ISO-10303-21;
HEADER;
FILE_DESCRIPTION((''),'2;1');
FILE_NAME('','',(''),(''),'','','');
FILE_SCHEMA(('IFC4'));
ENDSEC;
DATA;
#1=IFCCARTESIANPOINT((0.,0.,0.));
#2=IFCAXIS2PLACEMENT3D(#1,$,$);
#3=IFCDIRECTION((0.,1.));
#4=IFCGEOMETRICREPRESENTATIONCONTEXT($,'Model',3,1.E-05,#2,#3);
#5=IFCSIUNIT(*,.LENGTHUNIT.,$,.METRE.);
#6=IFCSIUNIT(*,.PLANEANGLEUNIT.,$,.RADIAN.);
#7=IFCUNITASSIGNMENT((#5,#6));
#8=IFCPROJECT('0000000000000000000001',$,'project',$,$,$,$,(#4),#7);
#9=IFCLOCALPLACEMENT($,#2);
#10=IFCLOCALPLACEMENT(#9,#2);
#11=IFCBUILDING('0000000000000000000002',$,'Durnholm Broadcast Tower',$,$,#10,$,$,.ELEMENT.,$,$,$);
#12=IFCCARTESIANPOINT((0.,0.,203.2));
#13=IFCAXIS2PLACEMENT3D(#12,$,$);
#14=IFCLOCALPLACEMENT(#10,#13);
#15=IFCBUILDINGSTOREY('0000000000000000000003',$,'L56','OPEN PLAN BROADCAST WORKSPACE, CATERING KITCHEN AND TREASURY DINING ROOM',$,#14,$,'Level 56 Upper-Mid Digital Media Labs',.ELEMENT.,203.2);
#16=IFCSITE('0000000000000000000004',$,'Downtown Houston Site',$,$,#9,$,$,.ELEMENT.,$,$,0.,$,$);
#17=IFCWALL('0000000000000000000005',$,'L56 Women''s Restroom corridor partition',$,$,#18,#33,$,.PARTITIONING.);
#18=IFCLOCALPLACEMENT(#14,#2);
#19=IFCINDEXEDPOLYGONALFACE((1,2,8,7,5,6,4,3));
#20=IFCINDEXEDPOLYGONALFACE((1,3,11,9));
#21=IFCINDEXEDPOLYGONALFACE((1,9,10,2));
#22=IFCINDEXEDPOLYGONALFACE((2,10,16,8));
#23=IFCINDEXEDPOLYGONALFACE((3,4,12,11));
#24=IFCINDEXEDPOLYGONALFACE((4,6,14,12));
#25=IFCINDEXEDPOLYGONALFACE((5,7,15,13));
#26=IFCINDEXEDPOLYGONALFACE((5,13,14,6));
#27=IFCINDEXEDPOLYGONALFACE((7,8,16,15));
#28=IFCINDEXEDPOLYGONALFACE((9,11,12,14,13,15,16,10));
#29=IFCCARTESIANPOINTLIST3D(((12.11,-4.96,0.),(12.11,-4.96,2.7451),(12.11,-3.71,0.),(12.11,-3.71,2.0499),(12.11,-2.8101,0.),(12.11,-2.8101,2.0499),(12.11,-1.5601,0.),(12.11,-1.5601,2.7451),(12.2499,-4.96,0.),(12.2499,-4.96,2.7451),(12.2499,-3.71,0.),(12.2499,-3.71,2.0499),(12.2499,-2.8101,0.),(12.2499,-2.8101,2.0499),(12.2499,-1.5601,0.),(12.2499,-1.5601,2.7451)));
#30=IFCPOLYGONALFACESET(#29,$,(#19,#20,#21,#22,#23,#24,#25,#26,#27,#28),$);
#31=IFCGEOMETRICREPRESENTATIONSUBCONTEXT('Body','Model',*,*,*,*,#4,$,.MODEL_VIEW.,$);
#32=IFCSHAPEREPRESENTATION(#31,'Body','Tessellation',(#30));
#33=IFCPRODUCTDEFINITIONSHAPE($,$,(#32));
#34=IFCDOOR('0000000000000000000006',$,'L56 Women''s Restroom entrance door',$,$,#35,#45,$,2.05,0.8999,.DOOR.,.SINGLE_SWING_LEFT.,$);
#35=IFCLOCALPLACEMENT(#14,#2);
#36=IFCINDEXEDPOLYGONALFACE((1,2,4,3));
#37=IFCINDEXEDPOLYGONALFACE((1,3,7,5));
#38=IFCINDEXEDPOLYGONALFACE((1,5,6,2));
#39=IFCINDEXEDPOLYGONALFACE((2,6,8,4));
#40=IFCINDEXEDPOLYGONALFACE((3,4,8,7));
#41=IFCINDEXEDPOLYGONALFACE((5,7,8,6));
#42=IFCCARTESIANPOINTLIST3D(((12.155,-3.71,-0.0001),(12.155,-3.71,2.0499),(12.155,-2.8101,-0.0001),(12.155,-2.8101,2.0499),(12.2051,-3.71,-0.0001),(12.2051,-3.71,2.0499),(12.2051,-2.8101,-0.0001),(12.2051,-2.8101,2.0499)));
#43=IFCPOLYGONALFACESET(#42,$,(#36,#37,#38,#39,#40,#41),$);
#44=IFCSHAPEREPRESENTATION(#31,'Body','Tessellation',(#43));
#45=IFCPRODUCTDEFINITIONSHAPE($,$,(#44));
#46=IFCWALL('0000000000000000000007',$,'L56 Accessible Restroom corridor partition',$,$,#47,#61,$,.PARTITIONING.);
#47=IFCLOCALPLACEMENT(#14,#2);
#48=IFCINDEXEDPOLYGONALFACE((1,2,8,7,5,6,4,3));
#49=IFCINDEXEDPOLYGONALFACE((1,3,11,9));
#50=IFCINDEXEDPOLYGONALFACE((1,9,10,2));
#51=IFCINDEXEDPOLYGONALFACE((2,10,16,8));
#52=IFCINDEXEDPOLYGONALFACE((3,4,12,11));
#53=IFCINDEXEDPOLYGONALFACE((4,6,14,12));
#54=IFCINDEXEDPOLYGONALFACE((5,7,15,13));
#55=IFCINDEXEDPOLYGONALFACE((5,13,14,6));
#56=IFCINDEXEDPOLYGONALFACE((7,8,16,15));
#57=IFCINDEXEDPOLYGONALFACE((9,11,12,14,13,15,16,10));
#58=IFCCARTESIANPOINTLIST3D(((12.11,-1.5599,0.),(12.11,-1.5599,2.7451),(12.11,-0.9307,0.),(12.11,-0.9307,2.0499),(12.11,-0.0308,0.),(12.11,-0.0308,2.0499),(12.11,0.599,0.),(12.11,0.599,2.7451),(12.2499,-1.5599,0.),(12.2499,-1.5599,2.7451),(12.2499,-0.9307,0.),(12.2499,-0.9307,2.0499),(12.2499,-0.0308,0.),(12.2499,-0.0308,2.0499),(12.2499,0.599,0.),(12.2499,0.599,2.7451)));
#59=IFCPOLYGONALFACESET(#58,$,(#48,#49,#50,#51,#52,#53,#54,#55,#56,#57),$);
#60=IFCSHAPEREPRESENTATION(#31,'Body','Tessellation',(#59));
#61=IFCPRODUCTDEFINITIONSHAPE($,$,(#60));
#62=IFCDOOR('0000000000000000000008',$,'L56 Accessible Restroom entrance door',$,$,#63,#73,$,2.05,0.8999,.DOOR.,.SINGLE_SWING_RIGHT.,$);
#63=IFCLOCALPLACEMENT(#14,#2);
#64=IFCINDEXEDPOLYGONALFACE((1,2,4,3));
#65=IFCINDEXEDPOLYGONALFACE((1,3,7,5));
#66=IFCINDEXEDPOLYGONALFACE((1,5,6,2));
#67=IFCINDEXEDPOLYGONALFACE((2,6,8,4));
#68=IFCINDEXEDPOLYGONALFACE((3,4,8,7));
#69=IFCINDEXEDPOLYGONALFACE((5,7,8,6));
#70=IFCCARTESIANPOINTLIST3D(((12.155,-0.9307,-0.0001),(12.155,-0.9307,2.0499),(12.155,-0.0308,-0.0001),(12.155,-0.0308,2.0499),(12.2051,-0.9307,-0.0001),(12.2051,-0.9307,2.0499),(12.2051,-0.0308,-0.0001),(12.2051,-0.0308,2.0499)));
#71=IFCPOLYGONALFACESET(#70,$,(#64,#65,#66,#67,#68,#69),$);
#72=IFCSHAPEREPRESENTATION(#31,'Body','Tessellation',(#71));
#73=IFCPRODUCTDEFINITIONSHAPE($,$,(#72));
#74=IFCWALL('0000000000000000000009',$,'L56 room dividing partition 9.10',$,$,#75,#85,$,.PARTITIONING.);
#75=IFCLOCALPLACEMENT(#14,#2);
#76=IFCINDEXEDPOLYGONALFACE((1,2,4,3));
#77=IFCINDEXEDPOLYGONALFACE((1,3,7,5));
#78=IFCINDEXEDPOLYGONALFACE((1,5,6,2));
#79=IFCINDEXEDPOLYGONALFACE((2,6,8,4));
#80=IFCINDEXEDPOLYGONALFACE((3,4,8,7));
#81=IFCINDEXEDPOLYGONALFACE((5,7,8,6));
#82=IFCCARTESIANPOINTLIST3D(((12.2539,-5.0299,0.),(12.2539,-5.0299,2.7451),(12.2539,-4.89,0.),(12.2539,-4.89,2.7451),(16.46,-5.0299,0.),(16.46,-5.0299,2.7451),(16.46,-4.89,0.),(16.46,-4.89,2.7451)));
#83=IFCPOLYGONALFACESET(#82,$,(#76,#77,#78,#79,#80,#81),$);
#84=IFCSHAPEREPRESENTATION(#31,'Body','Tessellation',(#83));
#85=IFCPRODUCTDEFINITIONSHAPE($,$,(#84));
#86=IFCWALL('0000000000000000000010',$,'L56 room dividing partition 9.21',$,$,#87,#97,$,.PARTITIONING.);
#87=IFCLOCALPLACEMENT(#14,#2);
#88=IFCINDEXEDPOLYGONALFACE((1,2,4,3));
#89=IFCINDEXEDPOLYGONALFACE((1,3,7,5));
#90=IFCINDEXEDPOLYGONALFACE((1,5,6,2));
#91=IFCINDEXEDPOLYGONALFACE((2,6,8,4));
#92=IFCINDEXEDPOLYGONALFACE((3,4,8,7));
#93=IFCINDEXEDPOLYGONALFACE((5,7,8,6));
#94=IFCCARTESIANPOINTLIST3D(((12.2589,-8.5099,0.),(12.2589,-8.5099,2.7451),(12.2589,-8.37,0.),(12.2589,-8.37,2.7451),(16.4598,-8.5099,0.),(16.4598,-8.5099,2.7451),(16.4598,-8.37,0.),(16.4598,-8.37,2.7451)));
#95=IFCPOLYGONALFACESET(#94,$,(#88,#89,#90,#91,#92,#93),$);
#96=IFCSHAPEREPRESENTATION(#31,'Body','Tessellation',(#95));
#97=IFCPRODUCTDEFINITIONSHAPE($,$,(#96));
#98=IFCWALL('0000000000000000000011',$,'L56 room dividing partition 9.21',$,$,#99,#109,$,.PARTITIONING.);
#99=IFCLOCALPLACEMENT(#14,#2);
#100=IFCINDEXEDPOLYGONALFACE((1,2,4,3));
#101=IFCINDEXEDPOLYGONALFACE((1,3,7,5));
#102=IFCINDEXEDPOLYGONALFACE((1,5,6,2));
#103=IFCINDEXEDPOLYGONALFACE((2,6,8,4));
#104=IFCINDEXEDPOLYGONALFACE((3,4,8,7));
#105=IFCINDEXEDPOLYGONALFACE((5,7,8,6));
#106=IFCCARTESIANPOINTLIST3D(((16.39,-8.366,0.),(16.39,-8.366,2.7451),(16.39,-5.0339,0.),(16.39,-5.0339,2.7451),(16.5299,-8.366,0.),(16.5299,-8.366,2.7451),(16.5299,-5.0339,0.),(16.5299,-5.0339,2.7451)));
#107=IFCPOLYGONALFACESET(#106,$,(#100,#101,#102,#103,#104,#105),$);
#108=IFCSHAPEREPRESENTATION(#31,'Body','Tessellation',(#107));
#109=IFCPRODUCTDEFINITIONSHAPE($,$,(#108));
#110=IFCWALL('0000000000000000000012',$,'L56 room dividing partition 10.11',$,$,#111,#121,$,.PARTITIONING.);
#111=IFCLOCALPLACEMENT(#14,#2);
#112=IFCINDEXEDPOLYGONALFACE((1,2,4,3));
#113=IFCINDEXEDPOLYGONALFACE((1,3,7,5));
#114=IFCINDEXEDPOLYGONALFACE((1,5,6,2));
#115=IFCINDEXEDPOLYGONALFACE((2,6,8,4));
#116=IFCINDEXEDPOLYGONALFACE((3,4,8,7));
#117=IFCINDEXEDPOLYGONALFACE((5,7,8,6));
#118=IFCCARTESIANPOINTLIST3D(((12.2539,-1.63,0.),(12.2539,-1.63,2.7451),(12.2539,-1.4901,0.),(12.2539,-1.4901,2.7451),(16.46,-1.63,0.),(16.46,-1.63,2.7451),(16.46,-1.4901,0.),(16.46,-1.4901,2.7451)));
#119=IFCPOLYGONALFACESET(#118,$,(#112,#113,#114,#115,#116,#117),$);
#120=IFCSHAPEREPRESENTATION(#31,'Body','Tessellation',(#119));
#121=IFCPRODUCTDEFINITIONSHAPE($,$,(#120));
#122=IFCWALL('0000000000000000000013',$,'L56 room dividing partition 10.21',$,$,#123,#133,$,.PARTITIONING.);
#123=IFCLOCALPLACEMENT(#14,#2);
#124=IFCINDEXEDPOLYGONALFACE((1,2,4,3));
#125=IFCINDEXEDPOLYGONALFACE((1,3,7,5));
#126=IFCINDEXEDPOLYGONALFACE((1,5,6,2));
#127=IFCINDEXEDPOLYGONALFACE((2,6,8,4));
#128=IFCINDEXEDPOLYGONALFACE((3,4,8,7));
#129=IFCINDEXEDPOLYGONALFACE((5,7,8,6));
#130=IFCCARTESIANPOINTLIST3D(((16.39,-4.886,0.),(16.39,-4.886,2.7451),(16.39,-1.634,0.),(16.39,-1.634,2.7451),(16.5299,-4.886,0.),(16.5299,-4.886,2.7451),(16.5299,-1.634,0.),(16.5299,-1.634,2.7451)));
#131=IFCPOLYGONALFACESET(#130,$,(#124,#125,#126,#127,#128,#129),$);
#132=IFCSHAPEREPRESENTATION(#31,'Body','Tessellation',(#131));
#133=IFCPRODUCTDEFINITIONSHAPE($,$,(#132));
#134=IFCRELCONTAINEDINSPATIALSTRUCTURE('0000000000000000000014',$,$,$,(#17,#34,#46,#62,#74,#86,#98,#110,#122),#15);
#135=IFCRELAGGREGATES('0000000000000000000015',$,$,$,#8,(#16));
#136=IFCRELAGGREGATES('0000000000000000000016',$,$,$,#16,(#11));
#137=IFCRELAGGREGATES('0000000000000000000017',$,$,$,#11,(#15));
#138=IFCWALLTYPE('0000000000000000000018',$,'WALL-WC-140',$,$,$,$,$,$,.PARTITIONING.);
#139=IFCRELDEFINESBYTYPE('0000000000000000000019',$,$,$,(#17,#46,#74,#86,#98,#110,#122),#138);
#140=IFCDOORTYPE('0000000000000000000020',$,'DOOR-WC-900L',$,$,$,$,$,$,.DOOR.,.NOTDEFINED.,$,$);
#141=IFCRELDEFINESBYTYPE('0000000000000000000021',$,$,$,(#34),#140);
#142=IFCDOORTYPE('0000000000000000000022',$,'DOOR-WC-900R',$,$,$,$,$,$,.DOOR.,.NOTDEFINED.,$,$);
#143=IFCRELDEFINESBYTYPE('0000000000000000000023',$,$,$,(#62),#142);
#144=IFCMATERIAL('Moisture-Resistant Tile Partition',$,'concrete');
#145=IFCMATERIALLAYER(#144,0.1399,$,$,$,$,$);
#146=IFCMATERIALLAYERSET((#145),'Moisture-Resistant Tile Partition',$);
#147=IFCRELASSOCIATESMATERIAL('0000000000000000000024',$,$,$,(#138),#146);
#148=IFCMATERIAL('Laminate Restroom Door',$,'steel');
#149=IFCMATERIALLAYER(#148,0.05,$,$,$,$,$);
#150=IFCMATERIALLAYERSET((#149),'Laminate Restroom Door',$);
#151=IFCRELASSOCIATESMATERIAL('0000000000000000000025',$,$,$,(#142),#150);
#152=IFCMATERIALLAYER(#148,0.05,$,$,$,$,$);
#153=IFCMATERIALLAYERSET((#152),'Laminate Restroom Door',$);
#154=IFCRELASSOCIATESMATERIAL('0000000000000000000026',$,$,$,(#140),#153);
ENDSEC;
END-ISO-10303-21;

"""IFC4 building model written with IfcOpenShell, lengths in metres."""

from ifc_helpers import new_model, si_unit, direction, frame, frame_2d, origin, place, context, subcontext, project, spatial, rectangle, extrude, source, transform, mapped, material, layer, layer_set, type_object, type_shapes, element, fill, save


model = new_model("IFC4")

# Units and contexts
model_context = context("Model", 3, precision=1e-05, world=origin(), true_north=direction((0.0, 1.0)))
body_context = subcontext(model_context, "Body", "Model", "MODEL_VIEW")
ifc_project = project(units=[si_unit("LENGTHUNIT", "METRE"), si_unit("PLANEANGLEUNIT", "RADIAN")], contexts=[model_context])

# Site, building, storey
site_placement = place(None, origin())
site = spatial("IfcSite", under=ifc_project, at=site_placement, Name="Downtown Houston Site", CompositionType="ELEMENT", RefElevation=0.0)
building_placement = place(site_placement, origin())
building = spatial("IfcBuilding", under=site, at=building_placement, Name="Durnholm Broadcast Tower", CompositionType="ELEMENT")
storey_placement = place(building_placement, frame((0.0, 0.0, 203.2)))
storey = spatial("IfcBuildingStorey", under=building, at=storey_placement, Name="L56", Description="OPEN PLAN BROADCAST WORKSPACE, CATERING KITCHEN AND TREASURY DINING ROOM", LongName="Level 56 Upper-Mid Digital Media Labs", CompositionType="ELEMENT", Elevation=203.2)

# Walls, openings, doors
ifc_material_1 = material(Name="Moisture-Resistant Tile Partition", Category="concrete")
ifc_layer_1 = layer(ifc_material_1, 0.1399)
ifc_layer_set_1 = layer_set([ifc_layer_1], Name="Moisture-Resistant Tile Partition")
wall_type_1 = type_object("IfcWallType", Name="WALL-WC-140", PredefinedType="PARTITIONING", material=ifc_layer_set_1)
ifc_material_2 = material(Name="Laminate Restroom Door", Category="steel")
ifc_layer_2 = layer(ifc_material_2, 0.05)
ifc_layer_set_2 = layer_set([ifc_layer_2], Name="Laminate Restroom Door")
door_type_1 = type_object("IfcDoorType", Name="DOOR-WC-900R", OperationType="NOTDEFINED", PredefinedType="DOOR", material=ifc_layer_set_2)
shared_shape_1 = source(origin(), body_context, "Body", "SweptSolid", [
    extrude(rectangle(XDim=0.8999, YDim=2.05, at=frame_2d((0.45, 1.0249))), frame((0.0, 0.0249, 0.0), z_axis=(0.0, -1.0, 0.0), x_axis=(1.0, 0.0, 0.0)), (0.0, 0.0, 1.0), 0.05),
])
type_shapes(door_type_1, [shared_shape_1])
wall_1_placement = place(storey_placement, frame((12.1799, -4.96, 0.0), z_axis=(0.0, 0.0, 1.0), x_axis=(0.0, 1.0, 0.0)))
wall_1 = element("IfcWall", 1, at=wall_1_placement, inside=storey, type_object=wall_type_1, Name="L56 Women's Restroom corridor partition", PredefinedType="PARTITIONING", context=body_context, shape_type="SweptSolid", body=[
    extrude(rectangle(XDim=3.3999, YDim=0.1399, at=frame_2d((1.7, 0.0))), origin(), (0.0, 0.0, 1.0), 2.7451),
])
opening_1_placement = place(wall_1_placement, frame((1.25, 0.0, 0.0)))
opening_1 = element("IfcOpeningElement", 2, at=opening_1_placement, cuts=wall_1, PredefinedType="OPENING", context=body_context, shape_type="SweptSolid", body=[
    extrude(rectangle(XDim=0.8999, YDim=2.05, at=frame_2d((0.45, 1.0249))), frame((0.0, 0.0801, 0.0), z_axis=(0.0, -1.0, 0.0), x_axis=(1.0, 0.0, 0.0)), (0.0, 0.0, 1.0), 0.1599),
])
ifc_layer_3 = layer(ifc_material_2, 0.05)
ifc_layer_set_3 = layer_set([ifc_layer_3], Name="Laminate Restroom Door")
door_type_2 = type_object("IfcDoorType", Name="DOOR-WC-900L", OperationType="NOTDEFINED", PredefinedType="DOOR", material=ifc_layer_set_3)
shared_shape_2 = source(origin(), body_context, "Body", "SweptSolid", [
    extrude(rectangle(XDim=0.8999, YDim=2.05, at=frame_2d((0.45, 1.0249))), frame((0.0, 0.0249, 0.0), z_axis=(0.0, -1.0, 0.0), x_axis=(1.0, 0.0, 0.0)), (0.0, 0.0, 1.0), 0.05),
])
type_shapes(door_type_2, [shared_shape_2])
door_1_placement = place(opening_1_placement, origin())
door_1 = element("IfcDoor", 3, at=door_1_placement, inside=storey, type_object=door_type_2, Name="L56 Women's Restroom entrance door", OperationType="SINGLE_SWING_LEFT", OverallHeight=2.05, OverallWidth=0.8999, PredefinedType="DOOR", context=body_context, shape_type="MappedRepresentation", body=[
    mapped(shared_shape_2, transform((0.0, 0.0, 0.0), x_axis=(1.0, 0.0, 0.0), y_axis=(0.0, 1.0, 0.0), z_axis=(0.0, 0.0, 1.0), scale=1.0)),
])
fill(opening_1, door_1)
wall_2_placement = place(storey_placement, frame((12.1799, -1.5601, 0.0), z_axis=(0.0, 0.0, 1.0), x_axis=(0.0, 1.0, 0.0)))
wall_2 = element("IfcWall", 4, at=wall_2_placement, inside=storey, type_object=wall_type_1, Name="L56 Accessible Restroom corridor partition", PredefinedType="PARTITIONING", context=body_context, shape_type="SweptSolid", body=[
    extrude(rectangle(XDim=2.1589, YDim=0.1399, at=frame_2d((1.0796, 0.0))), origin(), (0.0, 0.0, 1.0), 2.7451),
])
opening_2_placement = place(wall_2_placement, frame((0.6294, 0.0, 0.0)))
opening_2 = element("IfcOpeningElement", 5, at=opening_2_placement, cuts=wall_2, PredefinedType="OPENING", context=body_context, shape_type="SweptSolid", body=[
    extrude(rectangle(XDim=0.8999, YDim=2.05, at=frame_2d((0.45, 1.0249))), frame((0.0, 0.0801, 0.0), z_axis=(0.0, -1.0, 0.0), x_axis=(1.0, 0.0, 0.0)), (0.0, 0.0, 1.0), 0.1599),
])
door_2_placement = place(opening_2_placement, origin())
door_2 = element("IfcDoor", 6, at=door_2_placement, inside=storey, type_object=door_type_1, Name="L56 Accessible Restroom entrance door", OperationType="SINGLE_SWING_RIGHT", OverallHeight=2.05, OverallWidth=0.8999, PredefinedType="DOOR", context=body_context, shape_type="MappedRepresentation", body=[
    mapped(shared_shape_1, transform((0.0, 0.0, 0.0), x_axis=(1.0, 0.0, 0.0), y_axis=(0.0, 1.0, 0.0), z_axis=(0.0, 0.0, 1.0), scale=1.0)),
])
fill(opening_2, door_2)

# Walls
wall_3_placement = place(storey_placement, frame((12.2539, -4.96, 0.0), z_axis=(0.0, 0.0, 1.0), x_axis=(1.0, 0.0, 0.0)))
element("IfcWall", 7, at=wall_3_placement, inside=storey, type_object=wall_type_1, Name="L56 room dividing partition 9.10", PredefinedType="PARTITIONING", context=body_context, shape_type="SweptSolid", body=[
    extrude(rectangle(XDim=4.2061, YDim=0.1399, at=frame_2d((2.103, 0.0))), origin(), (0.0, 0.0, 1.0), 2.7451),
])
wall_4_placement = place(storey_placement, frame((16.46, -8.4399, 0.0), z_axis=(0.0, 0.0, 1.0), x_axis=(-1.0, 0.0, 0.0)))
element("IfcWall", 8, at=wall_4_placement, inside=storey, type_object=wall_type_1, Name="L56 room dividing partition 9.21", PredefinedType="PARTITIONING", context=body_context, shape_type="SweptSolid", body=[
    extrude(rectangle(XDim=4.2009, YDim=0.1399, at=frame_2d((2.1006, 0.0))), origin(), (0.0, 0.0, 1.0), 2.7451),
])
wall_5_placement = place(storey_placement, frame((16.46, -5.0339, 0.0), z_axis=(0.0, 0.0, 1.0), x_axis=(0.0, -1.0, 0.0)))
element("IfcWall", 9, at=wall_5_placement, inside=storey, type_object=wall_type_1, Name="L56 room dividing partition 9.21", PredefinedType="PARTITIONING", context=body_context, shape_type="SweptSolid", body=[
    extrude(rectangle(XDim=3.332, YDim=0.1399, at=frame_2d((1.666, 0.0))), origin(), (0.0, 0.0, 1.0), 2.7451),
])
wall_6_placement = place(storey_placement, frame((12.2539, -1.5601, 0.0), z_axis=(0.0, 0.0, 1.0), x_axis=(1.0, 0.0, 0.0)))
element("IfcWall", 10, at=wall_6_placement, inside=storey, type_object=wall_type_1, Name="L56 room dividing partition 10.11", PredefinedType="PARTITIONING", context=body_context, shape_type="SweptSolid", body=[
    extrude(rectangle(XDim=4.2061, YDim=0.1399, at=frame_2d((2.103, 0.0))), origin(), (0.0, 0.0, 1.0), 2.7451),
])
wall_7_placement = place(storey_placement, frame((16.46, -1.634, 0.0), z_axis=(0.0, 0.0, 1.0), x_axis=(0.0, -1.0, 0.0)))
element("IfcWall", 11, at=wall_7_placement, inside=storey, type_object=wall_type_1, Name="L56 room dividing partition 10.21", PredefinedType="PARTITIONING", context=body_context, shape_type="SweptSolid", body=[
    extrude(rectangle(XDim=3.252, YDim=0.1399, at=frame_2d((1.626, 0.0))), origin(), (0.0, 0.0, 1.0), 2.7451),
])

save(model, "model.ifc")
